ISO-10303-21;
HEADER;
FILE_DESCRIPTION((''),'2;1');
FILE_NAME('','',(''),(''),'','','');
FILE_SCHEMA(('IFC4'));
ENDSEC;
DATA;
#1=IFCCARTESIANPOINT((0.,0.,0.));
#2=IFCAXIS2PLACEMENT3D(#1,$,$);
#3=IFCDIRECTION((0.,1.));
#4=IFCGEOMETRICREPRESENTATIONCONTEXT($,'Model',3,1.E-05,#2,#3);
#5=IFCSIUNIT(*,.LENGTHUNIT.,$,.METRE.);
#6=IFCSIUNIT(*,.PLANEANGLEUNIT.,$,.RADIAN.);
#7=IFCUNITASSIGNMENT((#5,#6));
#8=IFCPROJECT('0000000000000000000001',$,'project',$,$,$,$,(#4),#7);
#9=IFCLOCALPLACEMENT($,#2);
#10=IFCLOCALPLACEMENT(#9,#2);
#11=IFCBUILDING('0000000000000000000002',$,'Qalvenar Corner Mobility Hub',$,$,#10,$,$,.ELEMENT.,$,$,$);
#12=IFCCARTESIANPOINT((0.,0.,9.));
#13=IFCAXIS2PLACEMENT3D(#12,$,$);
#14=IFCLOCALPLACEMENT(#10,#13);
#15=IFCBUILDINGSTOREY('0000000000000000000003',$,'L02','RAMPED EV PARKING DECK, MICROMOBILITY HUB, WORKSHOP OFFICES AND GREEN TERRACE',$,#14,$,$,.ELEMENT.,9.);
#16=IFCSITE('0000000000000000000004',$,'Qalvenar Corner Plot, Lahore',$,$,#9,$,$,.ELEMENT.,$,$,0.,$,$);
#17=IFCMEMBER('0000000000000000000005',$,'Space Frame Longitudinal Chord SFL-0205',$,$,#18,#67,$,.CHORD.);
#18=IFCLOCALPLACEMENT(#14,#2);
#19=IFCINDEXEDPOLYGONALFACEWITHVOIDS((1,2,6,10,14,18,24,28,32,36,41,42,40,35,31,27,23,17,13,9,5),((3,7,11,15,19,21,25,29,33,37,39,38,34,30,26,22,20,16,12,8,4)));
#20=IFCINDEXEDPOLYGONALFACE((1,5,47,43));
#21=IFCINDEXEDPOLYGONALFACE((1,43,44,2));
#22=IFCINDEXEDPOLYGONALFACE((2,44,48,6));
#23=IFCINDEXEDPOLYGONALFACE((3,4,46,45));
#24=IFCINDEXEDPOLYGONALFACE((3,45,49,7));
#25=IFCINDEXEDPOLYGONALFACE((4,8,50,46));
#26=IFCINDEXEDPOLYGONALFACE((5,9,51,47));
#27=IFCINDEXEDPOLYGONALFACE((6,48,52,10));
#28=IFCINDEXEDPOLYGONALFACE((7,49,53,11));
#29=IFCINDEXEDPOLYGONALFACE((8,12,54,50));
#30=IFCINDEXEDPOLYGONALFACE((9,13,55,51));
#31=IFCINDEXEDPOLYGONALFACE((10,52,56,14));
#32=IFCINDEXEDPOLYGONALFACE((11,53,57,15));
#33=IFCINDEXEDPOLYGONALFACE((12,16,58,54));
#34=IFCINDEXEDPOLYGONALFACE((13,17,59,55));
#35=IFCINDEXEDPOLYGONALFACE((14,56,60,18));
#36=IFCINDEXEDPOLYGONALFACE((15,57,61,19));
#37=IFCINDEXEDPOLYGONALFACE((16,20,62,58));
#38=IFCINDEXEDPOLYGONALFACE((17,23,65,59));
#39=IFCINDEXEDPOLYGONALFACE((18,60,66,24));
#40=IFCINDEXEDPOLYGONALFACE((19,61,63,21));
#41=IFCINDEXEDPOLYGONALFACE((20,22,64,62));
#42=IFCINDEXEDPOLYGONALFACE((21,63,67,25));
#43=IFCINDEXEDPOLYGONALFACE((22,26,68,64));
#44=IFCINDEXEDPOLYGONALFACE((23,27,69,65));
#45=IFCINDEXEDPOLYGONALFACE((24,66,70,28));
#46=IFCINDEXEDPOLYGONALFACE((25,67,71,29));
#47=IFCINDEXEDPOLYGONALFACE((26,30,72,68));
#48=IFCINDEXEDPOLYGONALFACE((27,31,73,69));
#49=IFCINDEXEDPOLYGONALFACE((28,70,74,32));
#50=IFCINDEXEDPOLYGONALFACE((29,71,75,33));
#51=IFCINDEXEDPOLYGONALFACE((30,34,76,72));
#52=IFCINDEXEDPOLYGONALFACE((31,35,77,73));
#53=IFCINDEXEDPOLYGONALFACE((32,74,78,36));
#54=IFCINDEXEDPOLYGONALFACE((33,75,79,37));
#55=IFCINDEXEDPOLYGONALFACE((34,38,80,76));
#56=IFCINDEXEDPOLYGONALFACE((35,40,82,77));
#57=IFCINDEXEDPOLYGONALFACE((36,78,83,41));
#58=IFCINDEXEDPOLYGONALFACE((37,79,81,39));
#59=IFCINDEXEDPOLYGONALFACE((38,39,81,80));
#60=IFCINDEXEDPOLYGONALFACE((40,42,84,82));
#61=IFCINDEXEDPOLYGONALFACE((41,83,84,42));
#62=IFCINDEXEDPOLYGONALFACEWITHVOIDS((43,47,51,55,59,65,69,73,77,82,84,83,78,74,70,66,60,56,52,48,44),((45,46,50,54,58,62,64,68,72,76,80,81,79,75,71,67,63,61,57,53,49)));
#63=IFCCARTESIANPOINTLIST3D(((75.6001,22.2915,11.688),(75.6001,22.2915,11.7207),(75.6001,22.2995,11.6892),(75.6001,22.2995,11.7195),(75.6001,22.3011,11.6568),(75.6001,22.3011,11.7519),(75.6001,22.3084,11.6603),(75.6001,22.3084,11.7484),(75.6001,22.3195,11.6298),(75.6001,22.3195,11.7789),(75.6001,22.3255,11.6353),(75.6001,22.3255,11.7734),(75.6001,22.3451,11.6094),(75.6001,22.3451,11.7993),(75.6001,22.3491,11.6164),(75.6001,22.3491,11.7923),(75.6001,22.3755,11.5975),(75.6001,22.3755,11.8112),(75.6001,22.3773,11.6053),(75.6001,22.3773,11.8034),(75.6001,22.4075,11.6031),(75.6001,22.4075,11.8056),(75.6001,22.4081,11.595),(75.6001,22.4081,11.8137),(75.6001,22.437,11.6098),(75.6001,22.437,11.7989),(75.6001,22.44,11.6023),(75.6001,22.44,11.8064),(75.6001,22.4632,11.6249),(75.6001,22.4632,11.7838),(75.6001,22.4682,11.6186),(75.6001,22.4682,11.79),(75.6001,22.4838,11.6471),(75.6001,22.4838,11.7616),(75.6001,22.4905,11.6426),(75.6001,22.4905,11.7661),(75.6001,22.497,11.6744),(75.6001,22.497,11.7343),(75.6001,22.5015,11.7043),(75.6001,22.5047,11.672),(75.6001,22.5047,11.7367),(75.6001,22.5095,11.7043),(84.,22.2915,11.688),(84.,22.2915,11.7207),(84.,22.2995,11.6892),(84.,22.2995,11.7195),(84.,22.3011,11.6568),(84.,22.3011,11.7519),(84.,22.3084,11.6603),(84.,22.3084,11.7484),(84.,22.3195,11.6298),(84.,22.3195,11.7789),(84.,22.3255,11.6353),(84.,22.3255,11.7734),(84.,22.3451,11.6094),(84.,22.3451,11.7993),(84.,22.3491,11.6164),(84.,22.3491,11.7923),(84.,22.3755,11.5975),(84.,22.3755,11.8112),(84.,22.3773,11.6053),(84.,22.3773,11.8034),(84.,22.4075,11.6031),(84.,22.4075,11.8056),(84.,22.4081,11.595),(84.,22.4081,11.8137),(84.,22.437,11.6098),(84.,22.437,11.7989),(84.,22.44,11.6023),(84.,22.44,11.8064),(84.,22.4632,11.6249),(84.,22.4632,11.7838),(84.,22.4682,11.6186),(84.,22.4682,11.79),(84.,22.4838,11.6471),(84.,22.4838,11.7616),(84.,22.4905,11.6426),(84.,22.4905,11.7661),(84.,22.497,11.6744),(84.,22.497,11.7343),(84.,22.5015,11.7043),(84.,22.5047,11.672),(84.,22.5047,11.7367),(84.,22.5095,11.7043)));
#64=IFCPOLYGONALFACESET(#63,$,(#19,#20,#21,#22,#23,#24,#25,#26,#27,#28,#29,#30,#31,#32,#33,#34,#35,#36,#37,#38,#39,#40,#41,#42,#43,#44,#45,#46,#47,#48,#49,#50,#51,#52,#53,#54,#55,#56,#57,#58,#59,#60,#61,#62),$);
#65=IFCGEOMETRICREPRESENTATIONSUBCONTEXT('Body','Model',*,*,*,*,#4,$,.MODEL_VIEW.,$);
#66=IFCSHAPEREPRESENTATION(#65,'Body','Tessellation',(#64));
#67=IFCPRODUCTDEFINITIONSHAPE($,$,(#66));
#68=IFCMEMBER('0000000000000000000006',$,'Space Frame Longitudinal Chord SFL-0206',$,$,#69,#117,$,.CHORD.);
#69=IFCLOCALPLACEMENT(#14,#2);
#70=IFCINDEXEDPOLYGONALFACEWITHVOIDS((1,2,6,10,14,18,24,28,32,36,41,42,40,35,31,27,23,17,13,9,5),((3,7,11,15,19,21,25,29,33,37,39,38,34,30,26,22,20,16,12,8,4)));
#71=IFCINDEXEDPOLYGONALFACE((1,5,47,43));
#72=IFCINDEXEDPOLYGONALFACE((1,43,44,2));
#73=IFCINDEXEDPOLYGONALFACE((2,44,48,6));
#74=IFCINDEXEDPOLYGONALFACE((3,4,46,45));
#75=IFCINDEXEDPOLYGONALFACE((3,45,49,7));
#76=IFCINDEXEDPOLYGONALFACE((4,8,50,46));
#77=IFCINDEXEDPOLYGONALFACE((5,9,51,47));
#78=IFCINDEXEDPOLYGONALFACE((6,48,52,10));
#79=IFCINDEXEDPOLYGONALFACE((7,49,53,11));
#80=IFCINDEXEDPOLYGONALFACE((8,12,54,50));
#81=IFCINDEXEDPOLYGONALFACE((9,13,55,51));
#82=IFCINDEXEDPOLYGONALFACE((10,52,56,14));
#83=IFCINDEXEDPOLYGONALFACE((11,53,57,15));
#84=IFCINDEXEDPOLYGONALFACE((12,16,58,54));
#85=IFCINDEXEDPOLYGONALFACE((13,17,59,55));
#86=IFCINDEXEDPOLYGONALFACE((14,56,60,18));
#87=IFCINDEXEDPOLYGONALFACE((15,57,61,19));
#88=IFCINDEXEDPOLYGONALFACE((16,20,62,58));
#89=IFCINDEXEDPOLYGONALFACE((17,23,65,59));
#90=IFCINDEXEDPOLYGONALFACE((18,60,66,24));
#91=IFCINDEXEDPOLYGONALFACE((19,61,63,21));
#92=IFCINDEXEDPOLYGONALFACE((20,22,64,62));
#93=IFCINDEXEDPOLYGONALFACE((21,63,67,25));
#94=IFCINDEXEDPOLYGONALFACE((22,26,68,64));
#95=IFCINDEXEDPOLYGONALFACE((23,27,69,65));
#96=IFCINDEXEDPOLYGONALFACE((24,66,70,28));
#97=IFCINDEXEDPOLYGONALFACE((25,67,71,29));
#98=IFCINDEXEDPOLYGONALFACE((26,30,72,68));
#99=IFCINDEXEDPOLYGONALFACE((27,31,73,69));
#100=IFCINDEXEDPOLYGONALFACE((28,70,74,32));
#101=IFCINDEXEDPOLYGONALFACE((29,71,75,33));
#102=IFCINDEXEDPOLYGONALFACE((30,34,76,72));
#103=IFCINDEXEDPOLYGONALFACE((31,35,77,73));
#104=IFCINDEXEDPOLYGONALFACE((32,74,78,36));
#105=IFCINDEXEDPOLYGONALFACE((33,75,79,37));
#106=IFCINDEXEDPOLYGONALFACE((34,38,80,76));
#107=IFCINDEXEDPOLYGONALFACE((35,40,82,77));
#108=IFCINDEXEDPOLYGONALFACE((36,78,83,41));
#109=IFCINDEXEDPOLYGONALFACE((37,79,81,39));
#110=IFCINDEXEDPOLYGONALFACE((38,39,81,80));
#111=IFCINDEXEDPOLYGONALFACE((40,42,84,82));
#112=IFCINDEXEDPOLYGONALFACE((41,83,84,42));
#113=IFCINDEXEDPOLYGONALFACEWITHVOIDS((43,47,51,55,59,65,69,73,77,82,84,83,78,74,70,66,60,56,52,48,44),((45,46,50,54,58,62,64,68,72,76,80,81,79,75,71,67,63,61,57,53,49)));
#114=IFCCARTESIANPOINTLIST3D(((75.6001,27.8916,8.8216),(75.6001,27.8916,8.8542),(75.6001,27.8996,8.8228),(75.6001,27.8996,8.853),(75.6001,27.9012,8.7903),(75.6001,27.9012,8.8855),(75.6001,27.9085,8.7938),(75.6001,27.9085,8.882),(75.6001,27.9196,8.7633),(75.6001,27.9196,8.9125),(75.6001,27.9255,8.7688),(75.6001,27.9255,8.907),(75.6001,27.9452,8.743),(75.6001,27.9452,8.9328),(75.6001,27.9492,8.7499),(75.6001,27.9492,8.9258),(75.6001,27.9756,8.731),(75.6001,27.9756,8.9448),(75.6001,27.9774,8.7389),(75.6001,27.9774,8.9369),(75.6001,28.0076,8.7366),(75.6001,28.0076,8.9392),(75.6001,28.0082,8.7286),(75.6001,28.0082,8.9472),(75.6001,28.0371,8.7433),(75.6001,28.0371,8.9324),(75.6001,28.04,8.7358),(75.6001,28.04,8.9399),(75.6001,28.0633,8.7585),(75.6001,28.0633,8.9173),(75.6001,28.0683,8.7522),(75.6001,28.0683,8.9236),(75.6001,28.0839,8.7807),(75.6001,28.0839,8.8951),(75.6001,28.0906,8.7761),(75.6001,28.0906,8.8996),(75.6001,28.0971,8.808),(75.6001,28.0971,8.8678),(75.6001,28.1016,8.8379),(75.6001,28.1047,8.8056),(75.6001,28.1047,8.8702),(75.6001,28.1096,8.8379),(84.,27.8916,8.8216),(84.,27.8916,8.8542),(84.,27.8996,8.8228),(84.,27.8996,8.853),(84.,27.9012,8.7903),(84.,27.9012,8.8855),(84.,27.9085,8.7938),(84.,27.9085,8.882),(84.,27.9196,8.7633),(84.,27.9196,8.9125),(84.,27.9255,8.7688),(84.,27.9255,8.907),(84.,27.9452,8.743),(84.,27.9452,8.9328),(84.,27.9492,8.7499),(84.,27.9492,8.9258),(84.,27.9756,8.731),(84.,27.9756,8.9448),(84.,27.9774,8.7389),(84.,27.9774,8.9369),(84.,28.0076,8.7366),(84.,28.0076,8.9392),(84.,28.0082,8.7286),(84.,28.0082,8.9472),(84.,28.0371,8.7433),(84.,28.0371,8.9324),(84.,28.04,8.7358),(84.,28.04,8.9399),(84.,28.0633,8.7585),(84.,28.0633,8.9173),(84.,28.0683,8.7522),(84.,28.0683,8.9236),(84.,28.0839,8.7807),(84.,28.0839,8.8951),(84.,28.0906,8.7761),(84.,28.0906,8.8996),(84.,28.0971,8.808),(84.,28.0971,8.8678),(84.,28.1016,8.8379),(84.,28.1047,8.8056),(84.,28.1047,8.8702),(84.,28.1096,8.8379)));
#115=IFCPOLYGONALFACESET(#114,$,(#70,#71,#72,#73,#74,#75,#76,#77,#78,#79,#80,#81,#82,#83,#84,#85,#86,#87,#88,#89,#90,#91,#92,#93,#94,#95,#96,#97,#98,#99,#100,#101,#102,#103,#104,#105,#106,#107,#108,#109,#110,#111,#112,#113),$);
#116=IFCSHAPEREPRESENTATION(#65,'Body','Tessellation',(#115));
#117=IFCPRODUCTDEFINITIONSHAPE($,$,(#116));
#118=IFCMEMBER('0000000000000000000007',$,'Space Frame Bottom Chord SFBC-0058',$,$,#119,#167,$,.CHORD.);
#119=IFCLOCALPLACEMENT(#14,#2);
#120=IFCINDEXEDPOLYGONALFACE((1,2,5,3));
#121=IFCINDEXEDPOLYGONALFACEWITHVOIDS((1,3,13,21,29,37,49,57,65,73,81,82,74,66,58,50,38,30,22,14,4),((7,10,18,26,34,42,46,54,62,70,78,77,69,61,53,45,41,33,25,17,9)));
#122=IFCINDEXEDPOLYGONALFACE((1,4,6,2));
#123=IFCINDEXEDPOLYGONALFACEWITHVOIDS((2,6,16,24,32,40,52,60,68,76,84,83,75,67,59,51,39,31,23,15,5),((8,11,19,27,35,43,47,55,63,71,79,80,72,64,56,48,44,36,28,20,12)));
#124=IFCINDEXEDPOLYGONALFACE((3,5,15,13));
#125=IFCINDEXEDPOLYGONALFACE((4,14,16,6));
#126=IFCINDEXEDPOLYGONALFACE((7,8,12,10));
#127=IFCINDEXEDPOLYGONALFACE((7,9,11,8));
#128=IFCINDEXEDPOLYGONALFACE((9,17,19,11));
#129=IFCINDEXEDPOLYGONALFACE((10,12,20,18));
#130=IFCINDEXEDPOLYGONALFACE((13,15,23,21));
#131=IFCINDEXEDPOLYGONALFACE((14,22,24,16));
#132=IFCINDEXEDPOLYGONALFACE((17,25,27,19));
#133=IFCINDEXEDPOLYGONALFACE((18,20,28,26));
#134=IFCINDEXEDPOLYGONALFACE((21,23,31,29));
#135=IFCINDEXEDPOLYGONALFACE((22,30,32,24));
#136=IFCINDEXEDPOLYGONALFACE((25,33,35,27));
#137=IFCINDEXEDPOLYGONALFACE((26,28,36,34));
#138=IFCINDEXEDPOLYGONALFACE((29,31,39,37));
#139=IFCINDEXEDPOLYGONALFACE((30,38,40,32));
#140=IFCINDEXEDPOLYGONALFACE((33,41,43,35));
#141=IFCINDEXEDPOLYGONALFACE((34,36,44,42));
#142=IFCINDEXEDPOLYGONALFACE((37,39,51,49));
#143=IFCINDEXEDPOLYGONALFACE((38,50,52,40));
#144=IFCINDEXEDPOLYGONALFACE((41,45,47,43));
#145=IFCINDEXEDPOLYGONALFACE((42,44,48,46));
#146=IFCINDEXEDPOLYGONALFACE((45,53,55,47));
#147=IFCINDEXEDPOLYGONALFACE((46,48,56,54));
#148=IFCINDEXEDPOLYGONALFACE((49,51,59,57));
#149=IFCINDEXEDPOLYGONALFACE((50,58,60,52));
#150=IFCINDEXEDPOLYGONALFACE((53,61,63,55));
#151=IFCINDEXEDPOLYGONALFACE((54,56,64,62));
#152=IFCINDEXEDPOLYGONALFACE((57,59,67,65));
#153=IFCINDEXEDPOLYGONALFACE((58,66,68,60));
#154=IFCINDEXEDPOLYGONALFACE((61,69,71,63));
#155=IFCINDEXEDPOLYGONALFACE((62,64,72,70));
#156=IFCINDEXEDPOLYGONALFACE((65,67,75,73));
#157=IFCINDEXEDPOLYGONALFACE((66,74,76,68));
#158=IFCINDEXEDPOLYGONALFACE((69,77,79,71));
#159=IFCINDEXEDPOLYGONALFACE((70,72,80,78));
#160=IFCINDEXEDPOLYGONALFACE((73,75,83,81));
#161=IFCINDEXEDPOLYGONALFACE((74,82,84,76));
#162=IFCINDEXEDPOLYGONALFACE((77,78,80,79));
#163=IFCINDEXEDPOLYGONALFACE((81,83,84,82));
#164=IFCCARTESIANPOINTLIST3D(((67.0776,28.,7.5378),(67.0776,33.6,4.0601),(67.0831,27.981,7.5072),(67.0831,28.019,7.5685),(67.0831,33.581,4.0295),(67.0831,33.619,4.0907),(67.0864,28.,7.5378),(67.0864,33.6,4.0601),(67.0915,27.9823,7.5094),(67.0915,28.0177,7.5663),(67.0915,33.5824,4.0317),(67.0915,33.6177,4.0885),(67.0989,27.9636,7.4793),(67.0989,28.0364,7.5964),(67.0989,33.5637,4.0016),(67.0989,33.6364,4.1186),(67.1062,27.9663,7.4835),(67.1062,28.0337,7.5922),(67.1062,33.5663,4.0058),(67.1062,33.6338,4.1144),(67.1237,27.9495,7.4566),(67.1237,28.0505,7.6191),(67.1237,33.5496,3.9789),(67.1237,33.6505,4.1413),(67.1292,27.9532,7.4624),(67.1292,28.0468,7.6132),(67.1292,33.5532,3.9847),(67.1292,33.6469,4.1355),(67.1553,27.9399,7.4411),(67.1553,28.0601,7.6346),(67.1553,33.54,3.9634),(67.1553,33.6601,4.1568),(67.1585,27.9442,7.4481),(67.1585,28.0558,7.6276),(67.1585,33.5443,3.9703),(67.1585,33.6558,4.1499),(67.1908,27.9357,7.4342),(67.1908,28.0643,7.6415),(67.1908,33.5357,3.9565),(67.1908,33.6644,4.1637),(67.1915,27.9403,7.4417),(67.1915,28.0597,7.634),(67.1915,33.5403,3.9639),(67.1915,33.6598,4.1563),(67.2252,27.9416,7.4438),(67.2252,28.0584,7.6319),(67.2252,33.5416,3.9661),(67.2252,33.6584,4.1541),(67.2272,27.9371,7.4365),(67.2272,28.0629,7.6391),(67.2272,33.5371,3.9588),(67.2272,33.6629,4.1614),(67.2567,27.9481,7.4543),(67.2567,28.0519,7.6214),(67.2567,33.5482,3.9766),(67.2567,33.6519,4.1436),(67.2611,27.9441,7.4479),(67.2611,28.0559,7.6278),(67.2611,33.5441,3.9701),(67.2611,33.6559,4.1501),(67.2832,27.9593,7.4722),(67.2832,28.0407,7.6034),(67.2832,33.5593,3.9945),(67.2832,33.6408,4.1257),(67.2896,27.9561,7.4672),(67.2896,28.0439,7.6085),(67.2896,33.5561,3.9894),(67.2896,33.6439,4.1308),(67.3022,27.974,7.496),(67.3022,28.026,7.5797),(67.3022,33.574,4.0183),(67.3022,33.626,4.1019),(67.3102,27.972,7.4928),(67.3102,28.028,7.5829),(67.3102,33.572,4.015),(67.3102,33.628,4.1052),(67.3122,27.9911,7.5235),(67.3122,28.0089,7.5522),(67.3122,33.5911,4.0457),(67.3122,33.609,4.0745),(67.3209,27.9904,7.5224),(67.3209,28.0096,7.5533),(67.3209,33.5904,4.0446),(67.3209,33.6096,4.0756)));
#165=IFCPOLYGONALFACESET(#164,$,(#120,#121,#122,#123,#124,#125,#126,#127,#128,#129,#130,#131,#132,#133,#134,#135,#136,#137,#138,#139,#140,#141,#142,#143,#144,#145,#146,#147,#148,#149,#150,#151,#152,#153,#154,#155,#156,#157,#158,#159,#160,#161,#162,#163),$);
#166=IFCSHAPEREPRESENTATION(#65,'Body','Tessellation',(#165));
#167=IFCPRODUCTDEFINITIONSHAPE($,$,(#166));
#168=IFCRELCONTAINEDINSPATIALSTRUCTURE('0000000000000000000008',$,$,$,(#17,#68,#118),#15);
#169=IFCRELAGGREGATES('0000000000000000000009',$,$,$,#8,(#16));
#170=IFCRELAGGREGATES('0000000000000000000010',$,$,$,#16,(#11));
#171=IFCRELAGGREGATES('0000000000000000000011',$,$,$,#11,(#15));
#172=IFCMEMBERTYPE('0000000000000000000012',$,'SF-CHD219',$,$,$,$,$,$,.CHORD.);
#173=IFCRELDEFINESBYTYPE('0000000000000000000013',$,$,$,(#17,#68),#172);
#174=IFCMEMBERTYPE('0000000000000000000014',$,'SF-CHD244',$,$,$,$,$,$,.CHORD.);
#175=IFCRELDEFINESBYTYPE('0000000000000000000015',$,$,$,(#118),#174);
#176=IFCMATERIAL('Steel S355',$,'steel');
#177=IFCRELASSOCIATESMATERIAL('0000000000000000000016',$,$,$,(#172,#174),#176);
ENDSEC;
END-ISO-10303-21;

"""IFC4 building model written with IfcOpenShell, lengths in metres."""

from ifc_helpers import new_model, si_unit, direction, frame, origin, origin_2d, place, context, subcontext, project, spatial, hollow_circle, extrude, material, material_profile, profile_set, type_object, element, save


model = new_model("IFC4")

# Units and contexts
model_context = context("Model", 3, precision=1e-05, world=origin(), true_north=direction((0.0, 1.0)))
body_context = subcontext(model_context, "Body", "Model", "MODEL_VIEW")
ifc_project = project(units=[si_unit("LENGTHUNIT", "METRE"), si_unit("PLANEANGLEUNIT", "RADIAN")], contexts=[model_context])

# Site, building, storey
site_placement = place(None, origin())
site = spatial("IfcSite", under=ifc_project, at=site_placement, Name="Qalvenar Corner Plot, Lahore", CompositionType="ELEMENT", RefElevation=0.0)
building_placement = place(site_placement, origin())
building = spatial("IfcBuilding", under=site, at=building_placement, Name="Qalvenar Corner Mobility Hub", CompositionType="ELEMENT")
storey_placement = place(building_placement, frame((0.0, 0.0, 9.0)))
storey = spatial("IfcBuildingStorey", under=building, at=storey_placement, Name="L02", Description="RAMPED EV PARKING DECK, MICROMOBILITY HUB, WORKSHOP OFFICES AND GREEN TERRACE", CompositionType="ELEMENT", Elevation=9.0)

# Members
ifc_material_1 = material(Name="Steel S355", Category="steel")
ifc_material_profile_1 = material_profile(ifc_material_1, hollow_circle(Radius=0.1096, WallThickness=0.0081, at=origin_2d()), Name="CHS219.1x8")
ifc_profile_set_1 = profile_set([ifc_material_profile_1], Name="Steel S355")
member_type_1 = type_object("IfcMemberType", Name="SF-CHD219", PredefinedType="CHORD", material=ifc_profile_set_1)
for number, where, z_axis, x_axis, name in (
    (1, (75.6001, 22.3999, 11.7043), (1.0, 0.0, 0.0), (0.0, 1.0, 0.0), "Space Frame Longitudinal Chord SFL-0205"),
    (2, (75.6001, 28.0, 8.8379), (1.0, 0.0, 0.0), (0.0, 1.0, 0.0), "Space Frame Longitudinal Chord SFL-0206"),
):
    element("IfcMember", number, at=place(storey_placement, frame(where, z_axis=z_axis, x_axis=x_axis)), inside=storey, type_object=member_type_1, Name=name, PredefinedType="CHORD", context=body_context, shape_type="SweptSolid", body=[
        extrude(hollow_circle(Radius=0.1096, WallThickness=0.0081, at=origin_2d()), origin(), (0.0, 0.0, 1.0), 8.3999),
    ])
ifc_material_profile_2 = material_profile(ifc_material_1, hollow_circle(Radius=0.1223, WallThickness=0.0088, at=origin_2d()), Name="CHS244.5x8.8")
ifc_profile_set_2 = profile_set([ifc_material_profile_2], Name="Steel S355")
member_type_2 = type_object("IfcMemberType", Name="SF-CHD244", PredefinedType="CHORD", material=ifc_profile_set_2)
member_1_placement = place(storey_placement, frame((67.2, 28.0, 7.5378), z_axis=(0.0, 0.849514, -0.527567), x_axis=(-1.0, 0.0, 0.0)))
element("IfcMember", 3, at=member_1_placement, inside=storey, type_object=member_type_2, Name="Space Frame Bottom Chord SFBC-0058", PredefinedType="CHORD", context=body_context, shape_type="SweptSolid", body=[
    extrude(hollow_circle(Radius=0.1223, WallThickness=0.0088, at=origin_2d()), origin(), (0.0, 0.0, 1.0), 6.592),
])

save(model, "model.ifc")
